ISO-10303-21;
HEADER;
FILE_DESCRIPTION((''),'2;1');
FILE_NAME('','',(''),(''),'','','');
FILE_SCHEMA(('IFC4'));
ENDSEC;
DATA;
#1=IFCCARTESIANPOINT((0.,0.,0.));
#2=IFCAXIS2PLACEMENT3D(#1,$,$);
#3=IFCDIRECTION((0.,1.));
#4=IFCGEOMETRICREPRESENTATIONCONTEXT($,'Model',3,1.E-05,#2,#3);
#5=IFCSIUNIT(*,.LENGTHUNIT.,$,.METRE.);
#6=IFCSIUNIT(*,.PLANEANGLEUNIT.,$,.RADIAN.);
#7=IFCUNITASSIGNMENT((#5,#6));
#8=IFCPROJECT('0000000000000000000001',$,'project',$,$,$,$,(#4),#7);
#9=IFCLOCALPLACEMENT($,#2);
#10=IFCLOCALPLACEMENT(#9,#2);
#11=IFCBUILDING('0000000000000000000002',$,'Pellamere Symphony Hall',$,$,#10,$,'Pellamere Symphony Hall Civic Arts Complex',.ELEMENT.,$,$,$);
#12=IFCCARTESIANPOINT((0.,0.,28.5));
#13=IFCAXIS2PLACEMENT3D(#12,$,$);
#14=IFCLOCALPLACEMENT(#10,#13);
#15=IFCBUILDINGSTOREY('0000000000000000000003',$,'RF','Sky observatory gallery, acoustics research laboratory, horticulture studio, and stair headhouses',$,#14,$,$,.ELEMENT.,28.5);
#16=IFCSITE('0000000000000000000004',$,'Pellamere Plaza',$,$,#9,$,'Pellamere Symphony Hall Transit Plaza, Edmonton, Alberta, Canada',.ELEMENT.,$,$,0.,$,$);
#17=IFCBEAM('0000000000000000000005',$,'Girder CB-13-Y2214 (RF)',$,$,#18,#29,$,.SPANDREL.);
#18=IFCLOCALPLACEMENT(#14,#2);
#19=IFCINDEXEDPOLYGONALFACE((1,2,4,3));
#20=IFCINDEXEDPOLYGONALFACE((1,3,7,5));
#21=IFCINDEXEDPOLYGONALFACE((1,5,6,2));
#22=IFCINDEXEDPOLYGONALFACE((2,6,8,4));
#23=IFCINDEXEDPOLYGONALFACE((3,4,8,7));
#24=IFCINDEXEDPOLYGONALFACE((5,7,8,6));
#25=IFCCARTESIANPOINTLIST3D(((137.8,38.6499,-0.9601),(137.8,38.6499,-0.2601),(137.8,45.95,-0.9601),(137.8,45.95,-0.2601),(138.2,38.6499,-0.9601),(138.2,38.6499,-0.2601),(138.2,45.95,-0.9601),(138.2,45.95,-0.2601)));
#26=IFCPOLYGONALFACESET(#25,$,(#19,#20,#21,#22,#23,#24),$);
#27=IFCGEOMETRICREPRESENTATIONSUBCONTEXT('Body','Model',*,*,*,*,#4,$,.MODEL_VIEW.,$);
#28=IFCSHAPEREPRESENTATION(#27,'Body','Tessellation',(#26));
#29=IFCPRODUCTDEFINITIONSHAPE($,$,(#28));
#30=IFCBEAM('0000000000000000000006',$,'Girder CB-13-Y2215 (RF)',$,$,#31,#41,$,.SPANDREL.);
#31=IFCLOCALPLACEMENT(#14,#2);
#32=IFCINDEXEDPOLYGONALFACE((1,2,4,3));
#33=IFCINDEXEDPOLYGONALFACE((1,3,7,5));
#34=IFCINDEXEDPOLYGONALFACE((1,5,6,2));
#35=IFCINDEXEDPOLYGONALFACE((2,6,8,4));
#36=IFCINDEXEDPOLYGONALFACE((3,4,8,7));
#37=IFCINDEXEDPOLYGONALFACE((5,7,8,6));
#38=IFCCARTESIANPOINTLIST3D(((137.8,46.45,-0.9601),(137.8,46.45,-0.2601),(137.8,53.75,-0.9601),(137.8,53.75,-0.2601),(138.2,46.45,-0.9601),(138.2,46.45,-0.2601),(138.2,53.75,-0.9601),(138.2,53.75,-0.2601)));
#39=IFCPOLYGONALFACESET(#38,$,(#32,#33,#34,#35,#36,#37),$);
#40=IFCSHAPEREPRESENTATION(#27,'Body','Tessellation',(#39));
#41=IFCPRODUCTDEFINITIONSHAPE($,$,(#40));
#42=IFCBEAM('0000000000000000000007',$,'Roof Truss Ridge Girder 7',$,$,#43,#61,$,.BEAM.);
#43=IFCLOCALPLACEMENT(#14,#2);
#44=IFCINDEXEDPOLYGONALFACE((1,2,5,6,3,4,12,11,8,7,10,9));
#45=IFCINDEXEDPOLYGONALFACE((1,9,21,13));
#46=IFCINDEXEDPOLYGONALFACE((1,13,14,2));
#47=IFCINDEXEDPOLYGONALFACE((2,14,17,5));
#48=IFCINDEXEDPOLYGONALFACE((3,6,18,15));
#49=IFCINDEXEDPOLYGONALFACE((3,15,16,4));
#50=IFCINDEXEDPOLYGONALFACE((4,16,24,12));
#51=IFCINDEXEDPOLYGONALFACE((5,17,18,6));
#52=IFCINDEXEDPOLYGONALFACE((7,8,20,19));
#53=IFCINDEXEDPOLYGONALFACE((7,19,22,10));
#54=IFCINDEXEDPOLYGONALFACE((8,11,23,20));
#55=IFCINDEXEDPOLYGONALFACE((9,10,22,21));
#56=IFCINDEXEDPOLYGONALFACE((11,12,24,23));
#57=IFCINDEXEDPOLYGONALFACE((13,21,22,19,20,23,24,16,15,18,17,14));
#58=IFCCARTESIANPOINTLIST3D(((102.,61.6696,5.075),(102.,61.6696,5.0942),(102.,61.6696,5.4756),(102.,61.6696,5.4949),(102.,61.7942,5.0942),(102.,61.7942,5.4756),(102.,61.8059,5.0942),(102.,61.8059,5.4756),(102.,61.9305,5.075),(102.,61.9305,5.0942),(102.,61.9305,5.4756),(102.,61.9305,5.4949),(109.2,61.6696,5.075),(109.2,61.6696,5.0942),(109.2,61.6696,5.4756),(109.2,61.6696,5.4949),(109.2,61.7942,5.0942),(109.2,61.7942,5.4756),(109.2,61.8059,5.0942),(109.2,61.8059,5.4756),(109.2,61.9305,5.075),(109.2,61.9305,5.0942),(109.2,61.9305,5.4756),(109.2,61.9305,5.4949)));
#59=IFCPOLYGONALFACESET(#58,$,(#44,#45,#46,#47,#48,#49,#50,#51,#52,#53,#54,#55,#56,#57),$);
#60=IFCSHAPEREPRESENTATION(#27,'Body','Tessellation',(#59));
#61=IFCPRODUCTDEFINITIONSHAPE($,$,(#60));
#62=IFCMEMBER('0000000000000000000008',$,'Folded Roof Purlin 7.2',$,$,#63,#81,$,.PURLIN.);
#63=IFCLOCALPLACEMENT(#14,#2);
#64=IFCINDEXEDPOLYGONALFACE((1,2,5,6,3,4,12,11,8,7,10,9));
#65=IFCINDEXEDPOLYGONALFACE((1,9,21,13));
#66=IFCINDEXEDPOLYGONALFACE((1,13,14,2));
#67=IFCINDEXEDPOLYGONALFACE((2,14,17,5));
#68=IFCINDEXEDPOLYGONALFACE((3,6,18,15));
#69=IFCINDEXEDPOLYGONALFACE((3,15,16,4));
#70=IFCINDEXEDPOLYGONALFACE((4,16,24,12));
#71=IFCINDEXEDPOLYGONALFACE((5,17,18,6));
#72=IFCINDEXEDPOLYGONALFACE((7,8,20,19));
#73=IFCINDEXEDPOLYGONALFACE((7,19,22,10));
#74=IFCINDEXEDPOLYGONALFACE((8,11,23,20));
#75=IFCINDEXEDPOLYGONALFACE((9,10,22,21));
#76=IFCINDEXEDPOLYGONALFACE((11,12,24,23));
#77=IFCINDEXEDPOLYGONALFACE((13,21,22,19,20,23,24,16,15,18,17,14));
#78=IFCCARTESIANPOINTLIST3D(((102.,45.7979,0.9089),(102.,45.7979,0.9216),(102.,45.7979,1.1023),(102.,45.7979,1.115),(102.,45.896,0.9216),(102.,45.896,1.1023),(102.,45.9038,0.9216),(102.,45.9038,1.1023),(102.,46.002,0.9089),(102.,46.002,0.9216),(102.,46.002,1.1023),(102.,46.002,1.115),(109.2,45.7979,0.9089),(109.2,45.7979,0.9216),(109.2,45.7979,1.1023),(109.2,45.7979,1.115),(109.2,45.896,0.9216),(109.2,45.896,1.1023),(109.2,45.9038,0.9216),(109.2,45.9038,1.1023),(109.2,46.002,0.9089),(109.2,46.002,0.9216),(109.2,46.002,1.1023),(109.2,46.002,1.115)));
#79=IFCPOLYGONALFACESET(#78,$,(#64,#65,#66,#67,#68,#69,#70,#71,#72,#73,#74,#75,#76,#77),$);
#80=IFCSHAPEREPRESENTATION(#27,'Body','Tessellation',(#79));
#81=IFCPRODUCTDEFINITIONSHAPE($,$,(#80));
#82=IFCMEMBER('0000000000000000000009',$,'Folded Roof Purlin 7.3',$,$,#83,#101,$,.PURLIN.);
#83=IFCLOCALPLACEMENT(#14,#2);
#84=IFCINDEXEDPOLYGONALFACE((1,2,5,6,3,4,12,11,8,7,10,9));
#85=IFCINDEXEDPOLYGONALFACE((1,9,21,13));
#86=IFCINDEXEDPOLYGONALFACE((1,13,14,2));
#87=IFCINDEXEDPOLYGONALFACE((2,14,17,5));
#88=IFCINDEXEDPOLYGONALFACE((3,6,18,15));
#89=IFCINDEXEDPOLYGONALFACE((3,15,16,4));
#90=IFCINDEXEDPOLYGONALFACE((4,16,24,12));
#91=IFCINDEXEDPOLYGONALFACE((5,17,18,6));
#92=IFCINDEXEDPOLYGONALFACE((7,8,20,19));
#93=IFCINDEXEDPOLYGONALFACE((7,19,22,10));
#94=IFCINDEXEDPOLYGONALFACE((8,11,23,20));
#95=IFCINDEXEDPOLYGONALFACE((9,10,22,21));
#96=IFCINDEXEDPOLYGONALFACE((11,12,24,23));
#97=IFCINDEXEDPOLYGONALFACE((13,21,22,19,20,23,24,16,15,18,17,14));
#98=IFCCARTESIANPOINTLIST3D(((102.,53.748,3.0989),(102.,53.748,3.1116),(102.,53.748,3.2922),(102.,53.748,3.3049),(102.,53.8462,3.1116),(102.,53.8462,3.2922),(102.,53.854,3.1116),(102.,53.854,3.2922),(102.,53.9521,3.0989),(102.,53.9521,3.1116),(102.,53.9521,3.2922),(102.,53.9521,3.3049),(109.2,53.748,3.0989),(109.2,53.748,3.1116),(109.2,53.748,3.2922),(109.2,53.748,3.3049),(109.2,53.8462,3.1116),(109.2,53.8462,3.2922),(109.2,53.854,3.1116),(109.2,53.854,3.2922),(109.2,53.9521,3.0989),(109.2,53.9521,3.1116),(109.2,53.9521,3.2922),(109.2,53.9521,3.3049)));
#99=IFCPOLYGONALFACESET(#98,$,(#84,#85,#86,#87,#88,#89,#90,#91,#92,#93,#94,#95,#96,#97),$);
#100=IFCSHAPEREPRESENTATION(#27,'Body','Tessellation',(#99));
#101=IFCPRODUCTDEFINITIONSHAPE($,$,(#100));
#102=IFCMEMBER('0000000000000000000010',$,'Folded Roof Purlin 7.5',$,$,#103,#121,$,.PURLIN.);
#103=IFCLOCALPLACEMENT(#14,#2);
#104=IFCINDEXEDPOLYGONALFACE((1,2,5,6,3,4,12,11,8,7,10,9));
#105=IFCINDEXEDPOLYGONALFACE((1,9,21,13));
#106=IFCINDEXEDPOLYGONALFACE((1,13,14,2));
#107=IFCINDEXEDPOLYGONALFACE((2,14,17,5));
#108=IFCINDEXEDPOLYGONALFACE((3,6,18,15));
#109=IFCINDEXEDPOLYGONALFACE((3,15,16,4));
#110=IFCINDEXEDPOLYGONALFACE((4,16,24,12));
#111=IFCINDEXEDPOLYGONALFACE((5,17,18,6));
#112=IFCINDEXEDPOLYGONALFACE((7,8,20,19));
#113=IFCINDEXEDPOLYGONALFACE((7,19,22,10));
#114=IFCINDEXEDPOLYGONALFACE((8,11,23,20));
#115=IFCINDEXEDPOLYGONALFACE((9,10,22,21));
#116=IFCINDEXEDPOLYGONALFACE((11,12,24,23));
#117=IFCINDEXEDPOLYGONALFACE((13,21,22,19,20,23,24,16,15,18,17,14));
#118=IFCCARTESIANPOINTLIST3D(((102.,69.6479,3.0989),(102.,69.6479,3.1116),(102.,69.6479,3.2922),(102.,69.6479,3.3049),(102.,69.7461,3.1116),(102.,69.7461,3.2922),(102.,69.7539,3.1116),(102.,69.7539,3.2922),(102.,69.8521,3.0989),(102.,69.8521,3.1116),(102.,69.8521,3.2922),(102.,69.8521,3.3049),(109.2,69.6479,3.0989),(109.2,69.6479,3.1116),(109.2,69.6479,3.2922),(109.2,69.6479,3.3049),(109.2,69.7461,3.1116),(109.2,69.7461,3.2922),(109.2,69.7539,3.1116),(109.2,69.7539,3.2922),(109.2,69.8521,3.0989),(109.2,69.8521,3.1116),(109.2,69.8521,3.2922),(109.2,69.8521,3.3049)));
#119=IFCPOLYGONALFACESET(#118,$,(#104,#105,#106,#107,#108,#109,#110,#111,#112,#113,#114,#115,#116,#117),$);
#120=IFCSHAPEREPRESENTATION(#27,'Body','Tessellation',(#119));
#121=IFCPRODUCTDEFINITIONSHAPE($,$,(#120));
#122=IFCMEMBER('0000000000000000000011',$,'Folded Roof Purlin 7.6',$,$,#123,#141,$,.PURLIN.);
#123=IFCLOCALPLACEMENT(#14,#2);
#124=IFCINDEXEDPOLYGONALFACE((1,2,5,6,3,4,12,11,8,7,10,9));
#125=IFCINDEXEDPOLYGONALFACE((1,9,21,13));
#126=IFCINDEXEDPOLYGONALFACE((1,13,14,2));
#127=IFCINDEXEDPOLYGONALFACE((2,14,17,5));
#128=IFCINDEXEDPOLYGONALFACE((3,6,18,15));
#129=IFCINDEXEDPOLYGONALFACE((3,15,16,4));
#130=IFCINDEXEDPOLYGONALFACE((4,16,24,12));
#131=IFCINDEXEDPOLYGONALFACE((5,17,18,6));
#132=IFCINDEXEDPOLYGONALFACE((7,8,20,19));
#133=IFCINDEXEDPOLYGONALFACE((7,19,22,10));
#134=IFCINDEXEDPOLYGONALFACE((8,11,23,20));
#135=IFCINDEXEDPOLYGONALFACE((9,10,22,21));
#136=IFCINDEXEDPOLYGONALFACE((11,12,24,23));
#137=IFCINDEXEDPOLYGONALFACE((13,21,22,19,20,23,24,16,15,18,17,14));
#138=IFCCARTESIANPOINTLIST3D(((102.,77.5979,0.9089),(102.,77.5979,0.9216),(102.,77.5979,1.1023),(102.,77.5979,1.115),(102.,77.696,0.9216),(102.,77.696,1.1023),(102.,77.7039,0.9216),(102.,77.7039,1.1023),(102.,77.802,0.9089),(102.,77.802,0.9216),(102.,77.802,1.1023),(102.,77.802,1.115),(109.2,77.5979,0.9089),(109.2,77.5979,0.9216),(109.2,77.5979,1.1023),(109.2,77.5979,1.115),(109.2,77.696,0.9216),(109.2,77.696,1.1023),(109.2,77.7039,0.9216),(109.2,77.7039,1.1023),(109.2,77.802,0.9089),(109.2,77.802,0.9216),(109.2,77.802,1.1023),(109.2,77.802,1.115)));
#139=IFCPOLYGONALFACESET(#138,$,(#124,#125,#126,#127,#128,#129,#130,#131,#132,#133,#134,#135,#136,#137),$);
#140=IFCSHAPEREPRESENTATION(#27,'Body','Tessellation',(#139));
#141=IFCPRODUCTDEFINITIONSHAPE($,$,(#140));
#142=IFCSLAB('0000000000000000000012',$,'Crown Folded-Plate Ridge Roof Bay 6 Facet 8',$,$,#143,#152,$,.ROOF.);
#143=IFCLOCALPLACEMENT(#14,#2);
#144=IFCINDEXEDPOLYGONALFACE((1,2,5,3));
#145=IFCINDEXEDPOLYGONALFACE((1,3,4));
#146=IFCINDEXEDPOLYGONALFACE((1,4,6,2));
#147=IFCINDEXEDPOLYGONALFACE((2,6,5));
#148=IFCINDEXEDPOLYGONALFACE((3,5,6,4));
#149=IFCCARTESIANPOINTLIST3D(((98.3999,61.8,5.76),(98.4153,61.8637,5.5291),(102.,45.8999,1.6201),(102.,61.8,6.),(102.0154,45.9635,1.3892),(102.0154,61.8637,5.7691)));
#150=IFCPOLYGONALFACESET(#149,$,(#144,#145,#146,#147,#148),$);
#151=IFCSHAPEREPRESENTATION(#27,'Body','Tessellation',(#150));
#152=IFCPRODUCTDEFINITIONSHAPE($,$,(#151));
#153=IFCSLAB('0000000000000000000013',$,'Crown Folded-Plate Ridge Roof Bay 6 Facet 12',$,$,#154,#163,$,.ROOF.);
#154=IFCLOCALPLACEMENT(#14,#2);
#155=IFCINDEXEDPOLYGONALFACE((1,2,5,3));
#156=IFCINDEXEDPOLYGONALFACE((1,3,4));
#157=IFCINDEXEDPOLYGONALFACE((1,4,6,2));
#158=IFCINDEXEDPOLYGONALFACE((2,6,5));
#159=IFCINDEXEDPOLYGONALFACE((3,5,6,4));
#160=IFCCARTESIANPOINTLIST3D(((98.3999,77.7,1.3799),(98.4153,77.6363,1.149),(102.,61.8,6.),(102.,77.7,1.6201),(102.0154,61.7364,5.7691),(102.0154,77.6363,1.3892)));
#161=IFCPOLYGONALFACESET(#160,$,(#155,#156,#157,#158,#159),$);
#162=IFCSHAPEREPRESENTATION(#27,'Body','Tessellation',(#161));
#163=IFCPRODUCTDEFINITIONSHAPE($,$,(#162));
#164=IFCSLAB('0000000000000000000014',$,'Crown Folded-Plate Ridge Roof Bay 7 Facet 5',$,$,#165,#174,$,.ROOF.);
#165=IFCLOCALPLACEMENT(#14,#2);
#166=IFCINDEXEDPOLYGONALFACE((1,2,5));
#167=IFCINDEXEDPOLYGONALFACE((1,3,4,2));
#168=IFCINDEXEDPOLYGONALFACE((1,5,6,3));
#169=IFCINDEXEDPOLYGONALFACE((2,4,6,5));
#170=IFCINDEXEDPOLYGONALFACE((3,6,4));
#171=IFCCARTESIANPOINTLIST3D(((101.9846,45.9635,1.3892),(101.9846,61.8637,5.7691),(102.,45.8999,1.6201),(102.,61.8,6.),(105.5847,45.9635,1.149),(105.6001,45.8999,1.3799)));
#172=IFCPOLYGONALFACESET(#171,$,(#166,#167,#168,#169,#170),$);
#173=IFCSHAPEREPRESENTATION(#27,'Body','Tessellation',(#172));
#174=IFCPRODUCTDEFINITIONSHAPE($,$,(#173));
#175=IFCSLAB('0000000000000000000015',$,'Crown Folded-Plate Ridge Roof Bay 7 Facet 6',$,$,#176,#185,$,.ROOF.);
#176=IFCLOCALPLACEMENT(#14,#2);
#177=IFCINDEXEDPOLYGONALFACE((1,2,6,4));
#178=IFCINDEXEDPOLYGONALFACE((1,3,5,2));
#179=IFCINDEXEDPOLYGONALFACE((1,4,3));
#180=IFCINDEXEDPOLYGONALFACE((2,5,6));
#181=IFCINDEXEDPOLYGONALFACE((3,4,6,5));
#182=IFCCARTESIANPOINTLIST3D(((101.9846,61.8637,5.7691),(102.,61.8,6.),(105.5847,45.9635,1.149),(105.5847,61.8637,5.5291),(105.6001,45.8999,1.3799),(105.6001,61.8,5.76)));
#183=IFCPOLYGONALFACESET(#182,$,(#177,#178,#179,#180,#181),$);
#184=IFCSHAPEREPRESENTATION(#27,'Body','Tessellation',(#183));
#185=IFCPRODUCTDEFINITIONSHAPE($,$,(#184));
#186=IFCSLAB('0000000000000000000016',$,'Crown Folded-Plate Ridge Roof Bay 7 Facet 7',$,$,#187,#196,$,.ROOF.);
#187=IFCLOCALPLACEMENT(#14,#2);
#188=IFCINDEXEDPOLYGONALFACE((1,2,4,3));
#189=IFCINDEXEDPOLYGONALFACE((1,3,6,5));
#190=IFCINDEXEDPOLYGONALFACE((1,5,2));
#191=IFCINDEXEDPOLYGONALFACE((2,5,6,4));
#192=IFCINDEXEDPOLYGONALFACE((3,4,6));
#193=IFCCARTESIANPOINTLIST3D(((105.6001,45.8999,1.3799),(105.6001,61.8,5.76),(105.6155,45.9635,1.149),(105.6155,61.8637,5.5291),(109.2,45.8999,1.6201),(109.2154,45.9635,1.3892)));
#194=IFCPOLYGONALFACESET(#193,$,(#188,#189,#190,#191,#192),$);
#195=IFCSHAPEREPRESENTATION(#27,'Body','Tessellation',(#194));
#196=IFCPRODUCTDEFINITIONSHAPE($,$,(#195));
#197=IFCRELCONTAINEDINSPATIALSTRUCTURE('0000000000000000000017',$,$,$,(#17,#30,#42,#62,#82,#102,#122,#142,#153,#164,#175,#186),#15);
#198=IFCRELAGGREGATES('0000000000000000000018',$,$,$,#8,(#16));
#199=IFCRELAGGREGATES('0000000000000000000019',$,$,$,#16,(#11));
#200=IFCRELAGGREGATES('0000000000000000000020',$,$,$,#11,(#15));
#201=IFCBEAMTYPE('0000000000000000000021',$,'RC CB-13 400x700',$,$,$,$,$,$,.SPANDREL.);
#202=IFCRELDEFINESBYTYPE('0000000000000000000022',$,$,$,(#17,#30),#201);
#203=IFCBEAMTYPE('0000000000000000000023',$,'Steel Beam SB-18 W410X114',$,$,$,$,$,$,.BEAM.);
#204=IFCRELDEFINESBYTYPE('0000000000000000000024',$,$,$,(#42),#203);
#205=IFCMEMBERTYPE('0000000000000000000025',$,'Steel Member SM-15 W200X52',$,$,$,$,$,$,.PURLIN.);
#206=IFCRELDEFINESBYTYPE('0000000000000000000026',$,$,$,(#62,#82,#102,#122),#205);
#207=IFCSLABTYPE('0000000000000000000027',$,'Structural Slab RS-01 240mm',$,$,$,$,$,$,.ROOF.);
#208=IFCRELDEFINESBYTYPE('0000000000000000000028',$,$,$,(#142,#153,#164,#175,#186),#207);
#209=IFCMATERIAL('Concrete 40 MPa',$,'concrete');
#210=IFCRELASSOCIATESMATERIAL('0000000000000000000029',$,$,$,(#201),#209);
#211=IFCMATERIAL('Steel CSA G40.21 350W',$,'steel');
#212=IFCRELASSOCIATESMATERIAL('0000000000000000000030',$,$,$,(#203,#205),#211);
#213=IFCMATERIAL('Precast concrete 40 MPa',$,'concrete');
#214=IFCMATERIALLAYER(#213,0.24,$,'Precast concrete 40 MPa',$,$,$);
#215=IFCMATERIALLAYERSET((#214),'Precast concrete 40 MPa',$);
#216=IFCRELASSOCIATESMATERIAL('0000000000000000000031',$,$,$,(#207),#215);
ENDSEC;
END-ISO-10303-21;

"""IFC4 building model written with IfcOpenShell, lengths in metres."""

from ifc_helpers import new_model, si_unit, direction, frame, origin, origin_2d, place, context, subcontext, project, spatial, polyline, rectangle, i_section, outline, extrude, material, layer, layer_set, material_profile, profile_set, type_object, element, save


model = new_model("IFC4")

# Units and contexts
model_context = context("Model", 3, precision=1e-05, world=origin(), true_north=direction((0.0, 1.0)))
body_context = subcontext(model_context, "Body", "Model", "MODEL_VIEW")
ifc_project = project(units=[si_unit("LENGTHUNIT", "METRE"), si_unit("PLANEANGLEUNIT", "RADIAN")], contexts=[model_context])

# Site, building, storey
site_placement = place(None, origin())
site = spatial("IfcSite", under=ifc_project, at=site_placement, Name="Pellamere Plaza", LongName="Pellamere Symphony Hall Transit Plaza, Edmonton, Alberta, Canada", CompositionType="ELEMENT", RefElevation=0.0)
building_placement = place(site_placement, origin())
building = spatial("IfcBuilding", under=site, at=building_placement, Name="Pellamere Symphony Hall", LongName="Pellamere Symphony Hall Civic Arts Complex", CompositionType="ELEMENT")
storey_placement = place(building_placement, frame((0.0, 0.0, 28.5)))
storey = spatial("IfcBuildingStorey", under=building, at=storey_placement, Name="RF", Description="Sky observatory gallery, acoustics research laboratory, horticulture studio, and stair headhouses", CompositionType="ELEMENT", Elevation=28.5)

# Beams
ifc_material_1 = material(Name="Concrete 40 MPa", Category="concrete")
ifc_material_profile_1 = material_profile(ifc_material_1, rectangle(XDim=0.3999, YDim=0.7, at=origin_2d()), Name="RC 400x700")
ifc_profile_set_1 = profile_set([ifc_material_profile_1], Name="Concrete 40 MPa")
beam_type_1 = type_object("IfcBeamType", Name="RC CB-13 400x700", PredefinedType="SPANDREL", material=ifc_profile_set_1)
for number, where, z_axis, x_axis, name in (
    (1, (138.0, 38.6499, -0.6101), (0.0, 1.0, 0.0), (-1.0, 0.0, 0.0), "Girder CB-13-Y2214 (RF)"),
    (2, (138.0, 46.45, -0.6101), (0.0, 1.0, 0.0), (-1.0, 0.0, 0.0), "Girder CB-13-Y2215 (RF)"),
):
    element("IfcBeam", number, at=place(storey_placement, frame(where, z_axis=z_axis, x_axis=x_axis)), inside=storey, type_object=beam_type_1, Name=name, PredefinedType="SPANDREL", context=body_context, shape_type="SweptSolid", body=[
        extrude(rectangle(XDim=0.3999, YDim=0.7, at=origin_2d()), origin(), (0.0, 0.0, 1.0), 7.3),
    ])
ifc_material_2 = material(Name="Steel CSA G40.21 350W", Category="steel")
ifc_material_profile_2 = material_profile(ifc_material_2, i_section(OverallWidth=0.261, OverallDepth=0.4199, WebThickness=0.0117, FlangeThickness=0.0193, at=origin_2d()), Name="W410X114")
ifc_profile_set_2 = profile_set([ifc_material_profile_2], Name="Steel CSA G40.21 350W")
beam_type_2 = type_object("IfcBeamType", Name="Steel Beam SB-18 W410X114", PredefinedType="BEAM", material=ifc_profile_set_2)
beam_placement = place(storey_placement, frame((102.0, 61.8, 5.2849), z_axis=(1.0, 0.0, 0.0), x_axis=(0.0, 1.0, 0.0)))
element("IfcBeam", 3, at=beam_placement, inside=storey, type_object=beam_type_2, Name="Roof Truss Ridge Girder 7", PredefinedType="BEAM", context=body_context, shape_type="SweptSolid", body=[
    extrude(i_section(OverallWidth=0.261, OverallDepth=0.4199, WebThickness=0.0117, FlangeThickness=0.0193, at=origin_2d()), origin(), (0.0, 0.0, 1.0), 7.2),
])

# Members
ifc_material_profile_3 = material_profile(ifc_material_2, i_section(OverallWidth=0.2041, OverallDepth=0.2061, WebThickness=0.0078, FlangeThickness=0.0127, at=origin_2d()), Name="W200X52")
ifc_profile_set_3 = profile_set([ifc_material_profile_3], Name="Steel CSA G40.21 350W")
member_type = type_object("IfcMemberType", Name="Steel Member SM-15 W200X52", PredefinedType="PURLIN", material=ifc_profile_set_3)
for number, where, z_axis, x_axis, name in (
    (4, (102.0, 45.8999, 1.012), (1.0, 0.0, 0.0), (0.0, 1.0, 0.0), "Folded Roof Purlin 7.2"),
    (5, (102.0, 53.8501, 3.2019), (1.0, 0.0, 0.0), (0.0, 1.0, 0.0), "Folded Roof Purlin 7.3"),
    (6, (102.0, 69.75, 3.2019), (1.0, 0.0, 0.0), (0.0, 1.0, 0.0), "Folded Roof Purlin 7.5"),
    (7, (102.0, 77.7, 1.012), (1.0, 0.0, 0.0), (0.0, 1.0, 0.0), "Folded Roof Purlin 7.6"),
):
    element("IfcMember", number, at=place(storey_placement, frame(where, z_axis=z_axis, x_axis=x_axis)), inside=storey, type_object=member_type, Name=name, PredefinedType="PURLIN", context=body_context, shape_type="SweptSolid", body=[
        extrude(i_section(OverallWidth=0.2041, OverallDepth=0.2061, WebThickness=0.0078, FlangeThickness=0.0127, at=origin_2d()), origin(), (0.0, 0.0, 1.0), 7.2),
    ])

# Slabs
ifc_material_3 = material(Name="Precast concrete 40 MPa", Category="concrete")
ifc_layer_1 = layer(ifc_material_3, 0.24, Name="Precast concrete 40 MPa")
ifc_layer_set_1 = layer_set([ifc_layer_1], Name="Precast concrete 40 MPa")
slab_type_1 = type_object("IfcSlabType", Name="Structural Slab RS-01 240mm", PredefinedType="ROOF", material=ifc_layer_set_1)
slab_1_placement = place(storey_placement, frame((102.0, 45.8999, 1.6201), z_axis=(-0.064136, -0.265024, 0.962107), x_axis=(0.0, 0.964091, 0.26557)))
element("IfcSlab", 8, at=slab_1_placement, inside=storey, type_object=slab_type_1, Name="Crown Folded-Plate Ridge Roof Bay 6 Facet 8", PredefinedType="ROOF", context=body_context, shape_type="SweptSolid", body=[
    extrude(outline(polyline([(0.0, 0.0), (16.4924, 0.0), (16.4286, 3.6075), (0.0, 0.0)])), origin(), (0.0, 0.0, -1.0), 0.24),
])
slab_2_placement = place(storey_placement, frame((102.0, 61.8, 6.0), z_axis=(-0.064201, 0.265026, 0.962102), x_axis=(0.0, 0.96409, -0.265574)))
element("IfcSlab", 9, at=slab_2_placement, inside=storey, type_object=slab_type_1, Name="Crown Folded-Plate Ridge Roof Bay 6 Facet 12", PredefinedType="ROOF", context=body_context, shape_type="SweptSolid", body=[
    extrude(outline(polyline([(0.0, 0.0), (16.4921, 0.0), (16.5559, 3.6075), (0.0, 0.0)])), origin(), (0.0, 0.0, -1.0), 0.24),
])
slab_3_placement = place(storey_placement, frame((102.0, 45.8999, 1.6201), z_axis=(0.064201, -0.265022, 0.962103), x_axis=(0.997781, 0.0, -0.066582)))
element("IfcSlab", 10, at=slab_3_placement, inside=storey, type_object=slab_type_1, Name="Crown Folded-Plate Ridge Roof Bay 7 Facet 5", PredefinedType="ROOF", context=body_context, shape_type="SweptSolid", body=[
    extrude(outline(polyline([(0.0, 0.0), (3.6081, 0.0), (-0.2916, 16.4898), (0.0, 0.0)])), origin(), (0.0, 0.0, -1.0), 0.24),
])
slab_4_placement = place(storey_placement, frame((105.6001, 45.8999, 1.3799), z_axis=(0.064136, -0.265037, 0.962103), x_axis=(0.0, 0.964088, 0.265584)))
element("IfcSlab", 11, at=slab_4_placement, inside=storey, type_object=slab_type_1, Name="Crown Folded-Plate Ridge Roof Bay 7 Facet 6", PredefinedType="ROOF", context=body_context, shape_type="SweptSolid", body=[
    extrude(outline(polyline([(0.0, 0.0), (16.4924, 0.0), (16.5562, 3.6075), (0.0, 0.0)])), origin(), (0.0, 0.0, -1.0), 0.24),
])
slab_5_placement = place(storey_placement, frame((105.6001, 45.8999, 1.3799), z_axis=(-0.064205, -0.265036, 0.962099), x_axis=(0.997781, 0.0, 0.066586)))
element("IfcSlab", 12, at=slab_5_placement, inside=storey, type_object=slab_type_1, Name="Crown Folded-Plate Ridge Roof Bay 7 Facet 7", PredefinedType="ROOF", context=body_context, shape_type="SweptSolid", body=[
    extrude(outline(polyline([(0.0, 0.0), (3.6079, 0.0), (0.2917, 16.4898), (0.0, 0.0)])), origin(), (0.0, 0.0, -1.0), 0.24),
])

save(model, "model.ifc")
